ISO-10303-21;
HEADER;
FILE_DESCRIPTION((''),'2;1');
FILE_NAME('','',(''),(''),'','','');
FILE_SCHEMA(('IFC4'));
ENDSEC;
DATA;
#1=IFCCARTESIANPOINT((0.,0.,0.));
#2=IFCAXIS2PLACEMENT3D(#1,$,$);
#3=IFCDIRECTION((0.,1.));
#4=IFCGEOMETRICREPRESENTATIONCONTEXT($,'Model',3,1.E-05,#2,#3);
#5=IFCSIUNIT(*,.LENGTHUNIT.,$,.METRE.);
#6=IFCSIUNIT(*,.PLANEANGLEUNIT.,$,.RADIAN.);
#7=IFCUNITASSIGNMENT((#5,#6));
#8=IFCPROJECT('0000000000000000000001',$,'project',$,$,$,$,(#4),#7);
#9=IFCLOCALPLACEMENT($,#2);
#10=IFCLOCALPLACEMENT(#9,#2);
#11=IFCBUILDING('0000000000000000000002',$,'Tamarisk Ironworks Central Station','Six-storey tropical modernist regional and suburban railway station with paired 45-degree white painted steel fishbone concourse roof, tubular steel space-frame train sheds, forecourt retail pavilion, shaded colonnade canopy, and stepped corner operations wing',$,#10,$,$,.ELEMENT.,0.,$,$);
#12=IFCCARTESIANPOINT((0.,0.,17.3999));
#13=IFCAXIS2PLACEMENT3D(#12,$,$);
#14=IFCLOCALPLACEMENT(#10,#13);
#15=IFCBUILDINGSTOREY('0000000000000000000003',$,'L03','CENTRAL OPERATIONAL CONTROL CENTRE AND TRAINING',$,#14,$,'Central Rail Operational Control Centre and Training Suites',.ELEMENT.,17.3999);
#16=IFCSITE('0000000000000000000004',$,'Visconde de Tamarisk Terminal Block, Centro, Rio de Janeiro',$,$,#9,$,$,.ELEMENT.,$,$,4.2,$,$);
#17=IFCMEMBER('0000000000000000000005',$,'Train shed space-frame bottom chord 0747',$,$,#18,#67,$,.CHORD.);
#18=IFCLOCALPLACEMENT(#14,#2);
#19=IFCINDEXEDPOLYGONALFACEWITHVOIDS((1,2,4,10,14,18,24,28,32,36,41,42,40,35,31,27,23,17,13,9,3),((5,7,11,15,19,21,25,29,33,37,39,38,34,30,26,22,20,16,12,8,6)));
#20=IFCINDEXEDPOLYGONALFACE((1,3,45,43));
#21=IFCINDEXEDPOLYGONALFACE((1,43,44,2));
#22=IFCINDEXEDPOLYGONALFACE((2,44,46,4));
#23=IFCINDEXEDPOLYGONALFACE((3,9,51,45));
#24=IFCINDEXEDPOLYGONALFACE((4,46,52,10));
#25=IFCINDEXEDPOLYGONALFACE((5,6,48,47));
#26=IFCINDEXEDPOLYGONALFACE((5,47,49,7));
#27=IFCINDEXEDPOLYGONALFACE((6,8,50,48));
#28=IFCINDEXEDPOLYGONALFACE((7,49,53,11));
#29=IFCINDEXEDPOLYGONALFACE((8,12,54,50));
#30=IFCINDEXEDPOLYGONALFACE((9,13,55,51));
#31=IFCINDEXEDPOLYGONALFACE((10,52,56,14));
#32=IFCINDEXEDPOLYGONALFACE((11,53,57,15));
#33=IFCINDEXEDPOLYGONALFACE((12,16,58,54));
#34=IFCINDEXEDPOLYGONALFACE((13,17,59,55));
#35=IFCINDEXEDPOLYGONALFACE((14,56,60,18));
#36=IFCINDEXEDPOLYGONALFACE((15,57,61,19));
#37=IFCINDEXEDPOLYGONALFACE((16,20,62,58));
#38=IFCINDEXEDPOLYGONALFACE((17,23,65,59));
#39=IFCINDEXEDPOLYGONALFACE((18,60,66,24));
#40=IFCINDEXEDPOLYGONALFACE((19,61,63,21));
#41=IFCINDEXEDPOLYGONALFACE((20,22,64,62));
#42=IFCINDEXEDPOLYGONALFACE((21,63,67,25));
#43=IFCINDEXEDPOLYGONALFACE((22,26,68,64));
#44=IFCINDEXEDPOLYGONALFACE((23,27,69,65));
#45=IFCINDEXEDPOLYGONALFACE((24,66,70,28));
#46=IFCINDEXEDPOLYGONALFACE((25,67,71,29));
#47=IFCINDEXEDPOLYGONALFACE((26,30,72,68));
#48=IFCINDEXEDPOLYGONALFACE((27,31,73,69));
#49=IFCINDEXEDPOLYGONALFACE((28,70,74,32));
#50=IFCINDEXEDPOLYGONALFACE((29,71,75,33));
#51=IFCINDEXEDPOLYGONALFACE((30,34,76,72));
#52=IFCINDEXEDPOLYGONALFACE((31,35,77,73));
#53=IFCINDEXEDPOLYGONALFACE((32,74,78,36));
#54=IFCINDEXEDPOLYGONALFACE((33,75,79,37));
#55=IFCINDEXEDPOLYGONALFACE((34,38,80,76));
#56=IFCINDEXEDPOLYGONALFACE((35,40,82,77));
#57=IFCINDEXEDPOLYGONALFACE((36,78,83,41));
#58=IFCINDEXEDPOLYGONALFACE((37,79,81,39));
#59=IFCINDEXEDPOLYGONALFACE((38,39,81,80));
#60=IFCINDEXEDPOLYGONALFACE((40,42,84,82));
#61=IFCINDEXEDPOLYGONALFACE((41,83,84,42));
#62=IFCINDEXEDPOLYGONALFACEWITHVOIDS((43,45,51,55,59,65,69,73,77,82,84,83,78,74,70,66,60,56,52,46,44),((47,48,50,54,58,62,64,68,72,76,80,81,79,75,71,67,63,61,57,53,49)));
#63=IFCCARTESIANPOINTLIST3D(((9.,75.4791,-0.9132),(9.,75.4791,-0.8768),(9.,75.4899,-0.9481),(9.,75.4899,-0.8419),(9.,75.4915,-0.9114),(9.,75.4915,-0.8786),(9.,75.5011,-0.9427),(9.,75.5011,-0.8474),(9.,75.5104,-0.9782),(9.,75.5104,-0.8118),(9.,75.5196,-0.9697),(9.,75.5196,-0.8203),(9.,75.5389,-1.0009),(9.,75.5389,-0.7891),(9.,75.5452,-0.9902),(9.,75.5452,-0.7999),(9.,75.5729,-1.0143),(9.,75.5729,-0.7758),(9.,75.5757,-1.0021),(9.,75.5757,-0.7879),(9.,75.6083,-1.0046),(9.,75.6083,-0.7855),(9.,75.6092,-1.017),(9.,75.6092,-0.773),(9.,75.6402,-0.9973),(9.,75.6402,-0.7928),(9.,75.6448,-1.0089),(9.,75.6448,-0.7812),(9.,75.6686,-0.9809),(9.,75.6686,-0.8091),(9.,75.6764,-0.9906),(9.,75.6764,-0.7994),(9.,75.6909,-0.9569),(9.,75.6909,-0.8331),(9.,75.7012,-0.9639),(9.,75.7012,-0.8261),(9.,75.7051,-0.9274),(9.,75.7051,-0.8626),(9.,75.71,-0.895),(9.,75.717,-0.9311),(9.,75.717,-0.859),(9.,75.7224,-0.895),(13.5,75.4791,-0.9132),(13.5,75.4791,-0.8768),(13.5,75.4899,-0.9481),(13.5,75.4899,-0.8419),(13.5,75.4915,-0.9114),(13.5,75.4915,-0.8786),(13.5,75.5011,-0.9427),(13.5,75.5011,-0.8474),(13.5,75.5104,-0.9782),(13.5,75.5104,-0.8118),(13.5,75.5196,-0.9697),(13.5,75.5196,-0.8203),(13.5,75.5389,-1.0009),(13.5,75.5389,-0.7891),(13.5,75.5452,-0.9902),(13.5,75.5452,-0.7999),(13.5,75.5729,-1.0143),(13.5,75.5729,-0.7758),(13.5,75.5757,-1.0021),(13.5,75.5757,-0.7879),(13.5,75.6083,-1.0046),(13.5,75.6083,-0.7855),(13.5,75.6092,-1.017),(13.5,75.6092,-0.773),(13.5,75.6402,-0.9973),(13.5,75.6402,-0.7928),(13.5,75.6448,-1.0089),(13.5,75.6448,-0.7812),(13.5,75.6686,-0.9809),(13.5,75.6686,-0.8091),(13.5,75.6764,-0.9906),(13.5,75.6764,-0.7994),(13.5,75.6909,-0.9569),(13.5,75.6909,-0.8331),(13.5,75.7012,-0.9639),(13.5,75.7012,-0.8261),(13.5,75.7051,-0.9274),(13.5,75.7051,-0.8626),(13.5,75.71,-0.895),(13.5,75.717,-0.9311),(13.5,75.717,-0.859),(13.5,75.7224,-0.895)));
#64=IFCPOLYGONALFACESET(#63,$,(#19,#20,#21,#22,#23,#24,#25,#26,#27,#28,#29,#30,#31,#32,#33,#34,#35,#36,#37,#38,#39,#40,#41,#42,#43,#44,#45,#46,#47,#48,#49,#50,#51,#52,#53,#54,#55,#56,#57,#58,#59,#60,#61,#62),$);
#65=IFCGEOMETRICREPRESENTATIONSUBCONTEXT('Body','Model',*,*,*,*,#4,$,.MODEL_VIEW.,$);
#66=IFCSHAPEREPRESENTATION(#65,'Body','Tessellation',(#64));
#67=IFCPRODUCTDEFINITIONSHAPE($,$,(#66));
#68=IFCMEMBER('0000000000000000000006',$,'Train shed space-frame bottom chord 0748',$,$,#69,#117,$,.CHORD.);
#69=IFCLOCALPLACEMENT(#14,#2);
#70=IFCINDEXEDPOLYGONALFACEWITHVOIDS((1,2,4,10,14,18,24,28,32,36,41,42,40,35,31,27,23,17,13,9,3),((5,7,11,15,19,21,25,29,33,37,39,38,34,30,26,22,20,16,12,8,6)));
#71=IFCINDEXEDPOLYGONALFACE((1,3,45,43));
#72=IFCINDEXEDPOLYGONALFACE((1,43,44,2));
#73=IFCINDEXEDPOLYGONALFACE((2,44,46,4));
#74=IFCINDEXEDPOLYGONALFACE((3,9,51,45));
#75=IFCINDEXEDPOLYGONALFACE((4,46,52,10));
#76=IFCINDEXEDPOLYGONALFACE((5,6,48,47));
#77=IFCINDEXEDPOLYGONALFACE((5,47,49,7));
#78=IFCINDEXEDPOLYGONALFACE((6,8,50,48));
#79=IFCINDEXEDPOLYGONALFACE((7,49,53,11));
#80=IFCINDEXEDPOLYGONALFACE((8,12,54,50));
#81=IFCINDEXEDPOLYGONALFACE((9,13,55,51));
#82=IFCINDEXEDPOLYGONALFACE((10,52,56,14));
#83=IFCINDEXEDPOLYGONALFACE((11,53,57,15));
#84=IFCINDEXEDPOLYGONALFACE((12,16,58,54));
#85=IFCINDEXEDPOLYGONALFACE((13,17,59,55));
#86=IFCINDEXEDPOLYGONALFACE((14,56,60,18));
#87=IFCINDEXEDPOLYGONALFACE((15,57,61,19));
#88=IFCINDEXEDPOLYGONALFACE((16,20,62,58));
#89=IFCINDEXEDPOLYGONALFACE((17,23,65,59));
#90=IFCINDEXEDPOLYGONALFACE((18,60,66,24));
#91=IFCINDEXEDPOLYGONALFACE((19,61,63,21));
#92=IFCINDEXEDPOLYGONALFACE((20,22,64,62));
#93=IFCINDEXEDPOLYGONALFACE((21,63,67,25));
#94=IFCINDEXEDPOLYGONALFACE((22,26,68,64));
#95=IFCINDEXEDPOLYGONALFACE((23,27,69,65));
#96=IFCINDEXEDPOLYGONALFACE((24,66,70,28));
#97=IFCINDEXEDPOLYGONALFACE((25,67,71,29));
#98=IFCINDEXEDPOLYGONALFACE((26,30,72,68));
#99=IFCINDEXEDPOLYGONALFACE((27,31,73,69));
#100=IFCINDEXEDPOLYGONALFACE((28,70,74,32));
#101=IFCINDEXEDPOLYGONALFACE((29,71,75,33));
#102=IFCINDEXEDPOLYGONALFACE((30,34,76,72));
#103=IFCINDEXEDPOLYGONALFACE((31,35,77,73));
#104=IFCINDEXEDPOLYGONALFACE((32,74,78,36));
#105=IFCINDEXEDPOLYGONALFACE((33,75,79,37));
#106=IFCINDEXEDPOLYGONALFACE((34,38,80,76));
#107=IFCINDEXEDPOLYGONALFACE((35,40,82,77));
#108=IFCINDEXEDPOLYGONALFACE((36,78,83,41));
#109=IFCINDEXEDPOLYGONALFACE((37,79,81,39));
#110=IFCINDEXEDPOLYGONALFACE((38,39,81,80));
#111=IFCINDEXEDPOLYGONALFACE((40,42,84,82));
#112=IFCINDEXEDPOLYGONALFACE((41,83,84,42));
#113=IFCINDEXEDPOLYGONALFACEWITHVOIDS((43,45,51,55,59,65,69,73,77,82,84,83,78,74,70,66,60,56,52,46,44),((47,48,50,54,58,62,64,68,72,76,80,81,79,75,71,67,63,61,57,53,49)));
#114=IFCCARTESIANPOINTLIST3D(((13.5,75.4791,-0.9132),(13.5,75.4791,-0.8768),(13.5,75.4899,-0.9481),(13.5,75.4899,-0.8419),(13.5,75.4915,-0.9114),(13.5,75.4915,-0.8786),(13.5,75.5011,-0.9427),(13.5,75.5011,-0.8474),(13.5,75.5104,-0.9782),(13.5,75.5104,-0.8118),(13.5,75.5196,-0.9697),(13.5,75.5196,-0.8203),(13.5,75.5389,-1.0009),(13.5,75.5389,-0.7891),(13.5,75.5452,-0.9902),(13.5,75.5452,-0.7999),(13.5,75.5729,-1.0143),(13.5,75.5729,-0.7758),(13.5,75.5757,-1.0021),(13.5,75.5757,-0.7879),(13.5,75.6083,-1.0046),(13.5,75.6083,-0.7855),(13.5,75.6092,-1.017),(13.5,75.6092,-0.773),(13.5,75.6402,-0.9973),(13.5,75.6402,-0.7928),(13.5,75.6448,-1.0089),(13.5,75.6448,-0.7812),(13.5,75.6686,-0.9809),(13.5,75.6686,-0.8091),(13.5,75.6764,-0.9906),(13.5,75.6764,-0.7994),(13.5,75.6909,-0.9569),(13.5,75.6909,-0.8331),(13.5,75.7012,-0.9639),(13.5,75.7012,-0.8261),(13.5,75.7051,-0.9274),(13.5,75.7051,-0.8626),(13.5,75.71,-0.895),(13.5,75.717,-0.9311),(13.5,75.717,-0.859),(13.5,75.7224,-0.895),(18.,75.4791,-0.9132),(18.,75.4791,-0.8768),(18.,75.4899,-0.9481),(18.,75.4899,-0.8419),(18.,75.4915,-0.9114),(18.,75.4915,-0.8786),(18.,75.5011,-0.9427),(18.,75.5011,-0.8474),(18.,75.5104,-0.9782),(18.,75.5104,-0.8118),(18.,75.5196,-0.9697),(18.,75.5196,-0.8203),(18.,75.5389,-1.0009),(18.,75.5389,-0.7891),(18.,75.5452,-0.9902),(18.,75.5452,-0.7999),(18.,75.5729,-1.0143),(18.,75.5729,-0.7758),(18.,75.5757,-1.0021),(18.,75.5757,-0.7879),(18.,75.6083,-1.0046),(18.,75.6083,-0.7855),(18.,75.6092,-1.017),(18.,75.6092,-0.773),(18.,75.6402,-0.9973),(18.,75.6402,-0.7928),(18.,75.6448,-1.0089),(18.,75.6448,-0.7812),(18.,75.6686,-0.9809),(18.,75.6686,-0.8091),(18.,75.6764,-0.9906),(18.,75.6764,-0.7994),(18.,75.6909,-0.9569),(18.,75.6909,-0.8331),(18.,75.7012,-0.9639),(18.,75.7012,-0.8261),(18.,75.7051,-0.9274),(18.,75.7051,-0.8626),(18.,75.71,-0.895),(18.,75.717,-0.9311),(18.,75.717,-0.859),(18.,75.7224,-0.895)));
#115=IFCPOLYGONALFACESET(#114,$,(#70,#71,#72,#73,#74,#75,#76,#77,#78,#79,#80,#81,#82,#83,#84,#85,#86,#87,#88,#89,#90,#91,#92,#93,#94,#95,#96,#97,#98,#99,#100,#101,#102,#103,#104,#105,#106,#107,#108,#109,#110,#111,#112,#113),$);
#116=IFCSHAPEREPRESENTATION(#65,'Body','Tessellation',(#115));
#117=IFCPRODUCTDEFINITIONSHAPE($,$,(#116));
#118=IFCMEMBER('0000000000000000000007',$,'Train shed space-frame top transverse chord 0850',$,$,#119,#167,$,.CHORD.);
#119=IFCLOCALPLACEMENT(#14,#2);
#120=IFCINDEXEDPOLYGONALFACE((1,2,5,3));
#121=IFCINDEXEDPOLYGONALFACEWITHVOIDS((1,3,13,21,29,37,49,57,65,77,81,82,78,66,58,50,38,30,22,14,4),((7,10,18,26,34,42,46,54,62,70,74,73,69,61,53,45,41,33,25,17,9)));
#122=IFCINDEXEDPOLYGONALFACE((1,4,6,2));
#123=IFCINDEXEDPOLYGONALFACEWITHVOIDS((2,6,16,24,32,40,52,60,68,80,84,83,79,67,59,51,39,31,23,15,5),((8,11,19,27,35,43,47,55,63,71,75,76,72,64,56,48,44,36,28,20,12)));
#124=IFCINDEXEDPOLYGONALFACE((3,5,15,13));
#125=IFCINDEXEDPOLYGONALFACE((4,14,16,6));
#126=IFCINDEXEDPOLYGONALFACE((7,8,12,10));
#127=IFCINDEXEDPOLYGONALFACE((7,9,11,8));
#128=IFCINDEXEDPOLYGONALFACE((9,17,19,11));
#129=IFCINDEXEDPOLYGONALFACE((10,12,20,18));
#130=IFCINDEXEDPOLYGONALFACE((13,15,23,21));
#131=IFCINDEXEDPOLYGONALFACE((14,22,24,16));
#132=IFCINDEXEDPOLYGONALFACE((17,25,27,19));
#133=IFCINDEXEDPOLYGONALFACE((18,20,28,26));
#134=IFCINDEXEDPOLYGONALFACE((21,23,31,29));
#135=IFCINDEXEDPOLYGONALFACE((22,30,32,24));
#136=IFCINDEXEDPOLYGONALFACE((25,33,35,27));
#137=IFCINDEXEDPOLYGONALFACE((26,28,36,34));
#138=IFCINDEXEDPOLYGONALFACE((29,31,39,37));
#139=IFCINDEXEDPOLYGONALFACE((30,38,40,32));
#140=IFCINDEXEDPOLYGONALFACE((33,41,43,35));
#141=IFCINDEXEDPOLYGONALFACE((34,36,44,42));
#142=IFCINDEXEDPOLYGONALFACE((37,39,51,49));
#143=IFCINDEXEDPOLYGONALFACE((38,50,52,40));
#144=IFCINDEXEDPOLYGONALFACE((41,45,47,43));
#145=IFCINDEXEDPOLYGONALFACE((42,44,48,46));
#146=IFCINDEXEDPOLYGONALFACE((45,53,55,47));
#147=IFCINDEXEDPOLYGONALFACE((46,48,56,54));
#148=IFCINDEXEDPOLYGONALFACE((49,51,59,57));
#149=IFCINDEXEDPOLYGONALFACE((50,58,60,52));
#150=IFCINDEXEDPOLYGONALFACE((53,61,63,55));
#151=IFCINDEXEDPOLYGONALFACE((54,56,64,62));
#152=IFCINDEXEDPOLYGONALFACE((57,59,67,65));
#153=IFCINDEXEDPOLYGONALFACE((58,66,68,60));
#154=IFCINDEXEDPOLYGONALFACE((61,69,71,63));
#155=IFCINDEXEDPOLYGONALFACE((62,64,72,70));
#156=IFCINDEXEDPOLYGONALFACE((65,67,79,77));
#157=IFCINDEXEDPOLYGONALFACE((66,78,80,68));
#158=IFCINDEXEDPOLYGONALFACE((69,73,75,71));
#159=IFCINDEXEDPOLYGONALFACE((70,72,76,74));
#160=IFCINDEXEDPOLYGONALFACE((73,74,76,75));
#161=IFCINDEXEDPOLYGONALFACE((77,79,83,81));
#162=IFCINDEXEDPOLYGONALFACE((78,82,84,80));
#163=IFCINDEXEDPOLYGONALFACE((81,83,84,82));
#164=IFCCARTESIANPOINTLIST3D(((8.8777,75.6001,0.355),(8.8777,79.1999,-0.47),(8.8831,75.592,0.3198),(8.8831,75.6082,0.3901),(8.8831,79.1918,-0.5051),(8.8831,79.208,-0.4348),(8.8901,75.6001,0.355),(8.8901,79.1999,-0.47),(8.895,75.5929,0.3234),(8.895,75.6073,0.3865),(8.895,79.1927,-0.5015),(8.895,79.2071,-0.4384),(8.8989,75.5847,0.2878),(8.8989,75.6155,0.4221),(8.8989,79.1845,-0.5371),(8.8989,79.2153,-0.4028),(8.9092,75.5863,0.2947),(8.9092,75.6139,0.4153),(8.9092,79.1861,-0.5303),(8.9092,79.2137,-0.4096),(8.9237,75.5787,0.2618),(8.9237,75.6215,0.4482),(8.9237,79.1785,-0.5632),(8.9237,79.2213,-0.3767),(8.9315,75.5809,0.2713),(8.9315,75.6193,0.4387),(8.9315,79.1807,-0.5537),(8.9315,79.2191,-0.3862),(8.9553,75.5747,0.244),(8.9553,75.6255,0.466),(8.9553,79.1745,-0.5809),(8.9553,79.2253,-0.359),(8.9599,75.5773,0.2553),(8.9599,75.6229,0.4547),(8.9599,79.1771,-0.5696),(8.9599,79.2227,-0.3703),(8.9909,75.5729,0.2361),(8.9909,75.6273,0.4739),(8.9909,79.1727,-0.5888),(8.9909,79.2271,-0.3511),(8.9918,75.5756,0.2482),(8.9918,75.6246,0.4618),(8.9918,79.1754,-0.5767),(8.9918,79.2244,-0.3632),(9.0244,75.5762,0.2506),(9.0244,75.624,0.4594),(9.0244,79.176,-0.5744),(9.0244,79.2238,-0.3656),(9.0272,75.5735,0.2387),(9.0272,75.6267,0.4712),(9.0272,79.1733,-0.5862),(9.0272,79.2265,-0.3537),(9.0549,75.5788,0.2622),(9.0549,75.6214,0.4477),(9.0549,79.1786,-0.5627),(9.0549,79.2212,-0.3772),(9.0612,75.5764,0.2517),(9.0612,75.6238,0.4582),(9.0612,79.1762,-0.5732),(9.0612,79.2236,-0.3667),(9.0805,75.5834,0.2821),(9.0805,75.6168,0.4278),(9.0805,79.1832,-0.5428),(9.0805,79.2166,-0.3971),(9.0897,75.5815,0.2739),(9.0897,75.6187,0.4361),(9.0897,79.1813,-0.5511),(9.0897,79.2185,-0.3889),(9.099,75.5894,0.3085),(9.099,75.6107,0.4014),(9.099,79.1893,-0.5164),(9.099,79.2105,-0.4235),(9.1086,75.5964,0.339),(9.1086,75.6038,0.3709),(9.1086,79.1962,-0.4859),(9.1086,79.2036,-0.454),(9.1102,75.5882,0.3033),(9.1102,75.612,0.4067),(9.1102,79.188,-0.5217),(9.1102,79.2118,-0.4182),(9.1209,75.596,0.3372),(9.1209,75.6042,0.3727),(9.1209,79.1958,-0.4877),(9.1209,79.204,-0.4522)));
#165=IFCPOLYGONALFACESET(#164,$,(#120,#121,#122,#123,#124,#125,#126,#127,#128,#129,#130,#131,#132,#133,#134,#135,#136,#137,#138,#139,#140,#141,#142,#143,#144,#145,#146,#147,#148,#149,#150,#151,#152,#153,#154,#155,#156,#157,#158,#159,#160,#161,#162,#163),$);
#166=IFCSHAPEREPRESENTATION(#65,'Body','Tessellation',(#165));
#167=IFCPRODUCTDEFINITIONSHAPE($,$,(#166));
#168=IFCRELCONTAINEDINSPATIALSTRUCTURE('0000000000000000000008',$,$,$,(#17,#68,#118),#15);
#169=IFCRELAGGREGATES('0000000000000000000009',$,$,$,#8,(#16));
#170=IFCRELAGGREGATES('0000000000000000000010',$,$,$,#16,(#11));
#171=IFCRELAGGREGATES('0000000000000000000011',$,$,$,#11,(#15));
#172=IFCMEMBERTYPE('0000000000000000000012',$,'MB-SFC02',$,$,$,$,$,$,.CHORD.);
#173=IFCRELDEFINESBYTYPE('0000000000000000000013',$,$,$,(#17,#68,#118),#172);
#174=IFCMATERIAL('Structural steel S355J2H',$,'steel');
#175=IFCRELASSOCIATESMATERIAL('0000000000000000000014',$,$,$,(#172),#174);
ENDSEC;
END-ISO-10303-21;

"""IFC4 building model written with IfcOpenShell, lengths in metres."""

from ifc_helpers import new_model, si_unit, direction, frame, origin, origin_2d, place, context, subcontext, project, spatial, hollow_circle, extrude, material, material_profile, profile_set, type_object, element, save


model = new_model("IFC4")

# Units and contexts
model_context = context("Model", 3, precision=1e-05, world=origin(), true_north=direction((0.0, 1.0)))
body_context = subcontext(model_context, "Body", "Model", "MODEL_VIEW")
ifc_project = project(units=[si_unit("LENGTHUNIT", "METRE"), si_unit("PLANEANGLEUNIT", "RADIAN")], contexts=[model_context])

# Site, building, storey
site_placement = place(None, origin())
site = spatial("IfcSite", under=ifc_project, at=site_placement, Name="Visconde de Tamarisk Terminal Block, Centro, Rio de Janeiro", CompositionType="ELEMENT", RefElevation=4.2)
building_placement = place(site_placement, origin())
building = spatial("IfcBuilding", under=site, at=building_placement, Name="Tamarisk Ironworks Central Station", Description="Six-storey tropical modernist regional and suburban railway station with paired 45-degree white painted steel fishbone concourse roof, tubular steel space-frame train sheds, forecourt retail pavilion, shaded colonnade canopy, and stepped corner operations wing", CompositionType="ELEMENT", ElevationOfRefHeight=0.0)
storey_placement = place(building_placement, frame((0.0, 0.0, 17.3999)))
storey = spatial("IfcBuildingStorey", under=building, at=storey_placement, Name="L03", Description="CENTRAL OPERATIONAL CONTROL CENTRE AND TRAINING", LongName="Central Rail Operational Control Centre and Training Suites", CompositionType="ELEMENT", Elevation=17.3999)

# Members
ifc_material_1 = material(Name="Structural steel S355J2H", Category="steel")
ifc_material_profile_1 = material_profile(ifc_material_1, hollow_circle(Radius=0.1223, WallThickness=0.0125, at=origin_2d()), Name="CHS 244.5x12.5")
ifc_profile_set_1 = profile_set([ifc_material_profile_1], Name="Structural steel S355J2H")
member_type_1 = type_object("IfcMemberType", Name="MB-SFC02", PredefinedType="CHORD", material=ifc_profile_set_1)
for number, where, z_axis, x_axis, name in (
    (1, (9.0, 75.6001, -0.895), (1.0, 0.0, 0.0), (0.0, 1.0, 0.0), "Train shed space-frame bottom chord 0747"),
    (2, (13.5, 75.6001, -0.895), (1.0, 0.0, 0.0), (0.0, 1.0, 0.0), "Train shed space-frame bottom chord 0748"),
):
    element("IfcMember", number, at=place(storey_placement, frame(where, z_axis=z_axis, x_axis=x_axis)), inside=storey, type_object=member_type_1, Name=name, PredefinedType="CHORD", context=body_context, shape_type="SweptSolid", body=[
        extrude(hollow_circle(Radius=0.1223, WallThickness=0.0125, at=origin_2d()), origin(), (0.0, 0.0, 1.0), 4.5),
    ])
for number, where, z_axis, x_axis, name in (
    (3, (9.0, 75.6001, 0.355), (0.0, 0.974733, -0.223372), (-1.0, 0.0, 0.0), "Train shed space-frame top transverse chord 0850"),
):
    element("IfcMember", number, at=place(storey_placement, frame(where, z_axis=z_axis, x_axis=x_axis)), inside=storey, type_object=member_type_1, Name=name, PredefinedType="CHORD", context=body_context, shape_type="SweptSolid", body=[
        extrude(hollow_circle(Radius=0.1223, WallThickness=0.0125, at=origin_2d()), origin(), (0.0, 0.0, 1.0), 3.6931),
    ])

save(model, "model.ifc")
